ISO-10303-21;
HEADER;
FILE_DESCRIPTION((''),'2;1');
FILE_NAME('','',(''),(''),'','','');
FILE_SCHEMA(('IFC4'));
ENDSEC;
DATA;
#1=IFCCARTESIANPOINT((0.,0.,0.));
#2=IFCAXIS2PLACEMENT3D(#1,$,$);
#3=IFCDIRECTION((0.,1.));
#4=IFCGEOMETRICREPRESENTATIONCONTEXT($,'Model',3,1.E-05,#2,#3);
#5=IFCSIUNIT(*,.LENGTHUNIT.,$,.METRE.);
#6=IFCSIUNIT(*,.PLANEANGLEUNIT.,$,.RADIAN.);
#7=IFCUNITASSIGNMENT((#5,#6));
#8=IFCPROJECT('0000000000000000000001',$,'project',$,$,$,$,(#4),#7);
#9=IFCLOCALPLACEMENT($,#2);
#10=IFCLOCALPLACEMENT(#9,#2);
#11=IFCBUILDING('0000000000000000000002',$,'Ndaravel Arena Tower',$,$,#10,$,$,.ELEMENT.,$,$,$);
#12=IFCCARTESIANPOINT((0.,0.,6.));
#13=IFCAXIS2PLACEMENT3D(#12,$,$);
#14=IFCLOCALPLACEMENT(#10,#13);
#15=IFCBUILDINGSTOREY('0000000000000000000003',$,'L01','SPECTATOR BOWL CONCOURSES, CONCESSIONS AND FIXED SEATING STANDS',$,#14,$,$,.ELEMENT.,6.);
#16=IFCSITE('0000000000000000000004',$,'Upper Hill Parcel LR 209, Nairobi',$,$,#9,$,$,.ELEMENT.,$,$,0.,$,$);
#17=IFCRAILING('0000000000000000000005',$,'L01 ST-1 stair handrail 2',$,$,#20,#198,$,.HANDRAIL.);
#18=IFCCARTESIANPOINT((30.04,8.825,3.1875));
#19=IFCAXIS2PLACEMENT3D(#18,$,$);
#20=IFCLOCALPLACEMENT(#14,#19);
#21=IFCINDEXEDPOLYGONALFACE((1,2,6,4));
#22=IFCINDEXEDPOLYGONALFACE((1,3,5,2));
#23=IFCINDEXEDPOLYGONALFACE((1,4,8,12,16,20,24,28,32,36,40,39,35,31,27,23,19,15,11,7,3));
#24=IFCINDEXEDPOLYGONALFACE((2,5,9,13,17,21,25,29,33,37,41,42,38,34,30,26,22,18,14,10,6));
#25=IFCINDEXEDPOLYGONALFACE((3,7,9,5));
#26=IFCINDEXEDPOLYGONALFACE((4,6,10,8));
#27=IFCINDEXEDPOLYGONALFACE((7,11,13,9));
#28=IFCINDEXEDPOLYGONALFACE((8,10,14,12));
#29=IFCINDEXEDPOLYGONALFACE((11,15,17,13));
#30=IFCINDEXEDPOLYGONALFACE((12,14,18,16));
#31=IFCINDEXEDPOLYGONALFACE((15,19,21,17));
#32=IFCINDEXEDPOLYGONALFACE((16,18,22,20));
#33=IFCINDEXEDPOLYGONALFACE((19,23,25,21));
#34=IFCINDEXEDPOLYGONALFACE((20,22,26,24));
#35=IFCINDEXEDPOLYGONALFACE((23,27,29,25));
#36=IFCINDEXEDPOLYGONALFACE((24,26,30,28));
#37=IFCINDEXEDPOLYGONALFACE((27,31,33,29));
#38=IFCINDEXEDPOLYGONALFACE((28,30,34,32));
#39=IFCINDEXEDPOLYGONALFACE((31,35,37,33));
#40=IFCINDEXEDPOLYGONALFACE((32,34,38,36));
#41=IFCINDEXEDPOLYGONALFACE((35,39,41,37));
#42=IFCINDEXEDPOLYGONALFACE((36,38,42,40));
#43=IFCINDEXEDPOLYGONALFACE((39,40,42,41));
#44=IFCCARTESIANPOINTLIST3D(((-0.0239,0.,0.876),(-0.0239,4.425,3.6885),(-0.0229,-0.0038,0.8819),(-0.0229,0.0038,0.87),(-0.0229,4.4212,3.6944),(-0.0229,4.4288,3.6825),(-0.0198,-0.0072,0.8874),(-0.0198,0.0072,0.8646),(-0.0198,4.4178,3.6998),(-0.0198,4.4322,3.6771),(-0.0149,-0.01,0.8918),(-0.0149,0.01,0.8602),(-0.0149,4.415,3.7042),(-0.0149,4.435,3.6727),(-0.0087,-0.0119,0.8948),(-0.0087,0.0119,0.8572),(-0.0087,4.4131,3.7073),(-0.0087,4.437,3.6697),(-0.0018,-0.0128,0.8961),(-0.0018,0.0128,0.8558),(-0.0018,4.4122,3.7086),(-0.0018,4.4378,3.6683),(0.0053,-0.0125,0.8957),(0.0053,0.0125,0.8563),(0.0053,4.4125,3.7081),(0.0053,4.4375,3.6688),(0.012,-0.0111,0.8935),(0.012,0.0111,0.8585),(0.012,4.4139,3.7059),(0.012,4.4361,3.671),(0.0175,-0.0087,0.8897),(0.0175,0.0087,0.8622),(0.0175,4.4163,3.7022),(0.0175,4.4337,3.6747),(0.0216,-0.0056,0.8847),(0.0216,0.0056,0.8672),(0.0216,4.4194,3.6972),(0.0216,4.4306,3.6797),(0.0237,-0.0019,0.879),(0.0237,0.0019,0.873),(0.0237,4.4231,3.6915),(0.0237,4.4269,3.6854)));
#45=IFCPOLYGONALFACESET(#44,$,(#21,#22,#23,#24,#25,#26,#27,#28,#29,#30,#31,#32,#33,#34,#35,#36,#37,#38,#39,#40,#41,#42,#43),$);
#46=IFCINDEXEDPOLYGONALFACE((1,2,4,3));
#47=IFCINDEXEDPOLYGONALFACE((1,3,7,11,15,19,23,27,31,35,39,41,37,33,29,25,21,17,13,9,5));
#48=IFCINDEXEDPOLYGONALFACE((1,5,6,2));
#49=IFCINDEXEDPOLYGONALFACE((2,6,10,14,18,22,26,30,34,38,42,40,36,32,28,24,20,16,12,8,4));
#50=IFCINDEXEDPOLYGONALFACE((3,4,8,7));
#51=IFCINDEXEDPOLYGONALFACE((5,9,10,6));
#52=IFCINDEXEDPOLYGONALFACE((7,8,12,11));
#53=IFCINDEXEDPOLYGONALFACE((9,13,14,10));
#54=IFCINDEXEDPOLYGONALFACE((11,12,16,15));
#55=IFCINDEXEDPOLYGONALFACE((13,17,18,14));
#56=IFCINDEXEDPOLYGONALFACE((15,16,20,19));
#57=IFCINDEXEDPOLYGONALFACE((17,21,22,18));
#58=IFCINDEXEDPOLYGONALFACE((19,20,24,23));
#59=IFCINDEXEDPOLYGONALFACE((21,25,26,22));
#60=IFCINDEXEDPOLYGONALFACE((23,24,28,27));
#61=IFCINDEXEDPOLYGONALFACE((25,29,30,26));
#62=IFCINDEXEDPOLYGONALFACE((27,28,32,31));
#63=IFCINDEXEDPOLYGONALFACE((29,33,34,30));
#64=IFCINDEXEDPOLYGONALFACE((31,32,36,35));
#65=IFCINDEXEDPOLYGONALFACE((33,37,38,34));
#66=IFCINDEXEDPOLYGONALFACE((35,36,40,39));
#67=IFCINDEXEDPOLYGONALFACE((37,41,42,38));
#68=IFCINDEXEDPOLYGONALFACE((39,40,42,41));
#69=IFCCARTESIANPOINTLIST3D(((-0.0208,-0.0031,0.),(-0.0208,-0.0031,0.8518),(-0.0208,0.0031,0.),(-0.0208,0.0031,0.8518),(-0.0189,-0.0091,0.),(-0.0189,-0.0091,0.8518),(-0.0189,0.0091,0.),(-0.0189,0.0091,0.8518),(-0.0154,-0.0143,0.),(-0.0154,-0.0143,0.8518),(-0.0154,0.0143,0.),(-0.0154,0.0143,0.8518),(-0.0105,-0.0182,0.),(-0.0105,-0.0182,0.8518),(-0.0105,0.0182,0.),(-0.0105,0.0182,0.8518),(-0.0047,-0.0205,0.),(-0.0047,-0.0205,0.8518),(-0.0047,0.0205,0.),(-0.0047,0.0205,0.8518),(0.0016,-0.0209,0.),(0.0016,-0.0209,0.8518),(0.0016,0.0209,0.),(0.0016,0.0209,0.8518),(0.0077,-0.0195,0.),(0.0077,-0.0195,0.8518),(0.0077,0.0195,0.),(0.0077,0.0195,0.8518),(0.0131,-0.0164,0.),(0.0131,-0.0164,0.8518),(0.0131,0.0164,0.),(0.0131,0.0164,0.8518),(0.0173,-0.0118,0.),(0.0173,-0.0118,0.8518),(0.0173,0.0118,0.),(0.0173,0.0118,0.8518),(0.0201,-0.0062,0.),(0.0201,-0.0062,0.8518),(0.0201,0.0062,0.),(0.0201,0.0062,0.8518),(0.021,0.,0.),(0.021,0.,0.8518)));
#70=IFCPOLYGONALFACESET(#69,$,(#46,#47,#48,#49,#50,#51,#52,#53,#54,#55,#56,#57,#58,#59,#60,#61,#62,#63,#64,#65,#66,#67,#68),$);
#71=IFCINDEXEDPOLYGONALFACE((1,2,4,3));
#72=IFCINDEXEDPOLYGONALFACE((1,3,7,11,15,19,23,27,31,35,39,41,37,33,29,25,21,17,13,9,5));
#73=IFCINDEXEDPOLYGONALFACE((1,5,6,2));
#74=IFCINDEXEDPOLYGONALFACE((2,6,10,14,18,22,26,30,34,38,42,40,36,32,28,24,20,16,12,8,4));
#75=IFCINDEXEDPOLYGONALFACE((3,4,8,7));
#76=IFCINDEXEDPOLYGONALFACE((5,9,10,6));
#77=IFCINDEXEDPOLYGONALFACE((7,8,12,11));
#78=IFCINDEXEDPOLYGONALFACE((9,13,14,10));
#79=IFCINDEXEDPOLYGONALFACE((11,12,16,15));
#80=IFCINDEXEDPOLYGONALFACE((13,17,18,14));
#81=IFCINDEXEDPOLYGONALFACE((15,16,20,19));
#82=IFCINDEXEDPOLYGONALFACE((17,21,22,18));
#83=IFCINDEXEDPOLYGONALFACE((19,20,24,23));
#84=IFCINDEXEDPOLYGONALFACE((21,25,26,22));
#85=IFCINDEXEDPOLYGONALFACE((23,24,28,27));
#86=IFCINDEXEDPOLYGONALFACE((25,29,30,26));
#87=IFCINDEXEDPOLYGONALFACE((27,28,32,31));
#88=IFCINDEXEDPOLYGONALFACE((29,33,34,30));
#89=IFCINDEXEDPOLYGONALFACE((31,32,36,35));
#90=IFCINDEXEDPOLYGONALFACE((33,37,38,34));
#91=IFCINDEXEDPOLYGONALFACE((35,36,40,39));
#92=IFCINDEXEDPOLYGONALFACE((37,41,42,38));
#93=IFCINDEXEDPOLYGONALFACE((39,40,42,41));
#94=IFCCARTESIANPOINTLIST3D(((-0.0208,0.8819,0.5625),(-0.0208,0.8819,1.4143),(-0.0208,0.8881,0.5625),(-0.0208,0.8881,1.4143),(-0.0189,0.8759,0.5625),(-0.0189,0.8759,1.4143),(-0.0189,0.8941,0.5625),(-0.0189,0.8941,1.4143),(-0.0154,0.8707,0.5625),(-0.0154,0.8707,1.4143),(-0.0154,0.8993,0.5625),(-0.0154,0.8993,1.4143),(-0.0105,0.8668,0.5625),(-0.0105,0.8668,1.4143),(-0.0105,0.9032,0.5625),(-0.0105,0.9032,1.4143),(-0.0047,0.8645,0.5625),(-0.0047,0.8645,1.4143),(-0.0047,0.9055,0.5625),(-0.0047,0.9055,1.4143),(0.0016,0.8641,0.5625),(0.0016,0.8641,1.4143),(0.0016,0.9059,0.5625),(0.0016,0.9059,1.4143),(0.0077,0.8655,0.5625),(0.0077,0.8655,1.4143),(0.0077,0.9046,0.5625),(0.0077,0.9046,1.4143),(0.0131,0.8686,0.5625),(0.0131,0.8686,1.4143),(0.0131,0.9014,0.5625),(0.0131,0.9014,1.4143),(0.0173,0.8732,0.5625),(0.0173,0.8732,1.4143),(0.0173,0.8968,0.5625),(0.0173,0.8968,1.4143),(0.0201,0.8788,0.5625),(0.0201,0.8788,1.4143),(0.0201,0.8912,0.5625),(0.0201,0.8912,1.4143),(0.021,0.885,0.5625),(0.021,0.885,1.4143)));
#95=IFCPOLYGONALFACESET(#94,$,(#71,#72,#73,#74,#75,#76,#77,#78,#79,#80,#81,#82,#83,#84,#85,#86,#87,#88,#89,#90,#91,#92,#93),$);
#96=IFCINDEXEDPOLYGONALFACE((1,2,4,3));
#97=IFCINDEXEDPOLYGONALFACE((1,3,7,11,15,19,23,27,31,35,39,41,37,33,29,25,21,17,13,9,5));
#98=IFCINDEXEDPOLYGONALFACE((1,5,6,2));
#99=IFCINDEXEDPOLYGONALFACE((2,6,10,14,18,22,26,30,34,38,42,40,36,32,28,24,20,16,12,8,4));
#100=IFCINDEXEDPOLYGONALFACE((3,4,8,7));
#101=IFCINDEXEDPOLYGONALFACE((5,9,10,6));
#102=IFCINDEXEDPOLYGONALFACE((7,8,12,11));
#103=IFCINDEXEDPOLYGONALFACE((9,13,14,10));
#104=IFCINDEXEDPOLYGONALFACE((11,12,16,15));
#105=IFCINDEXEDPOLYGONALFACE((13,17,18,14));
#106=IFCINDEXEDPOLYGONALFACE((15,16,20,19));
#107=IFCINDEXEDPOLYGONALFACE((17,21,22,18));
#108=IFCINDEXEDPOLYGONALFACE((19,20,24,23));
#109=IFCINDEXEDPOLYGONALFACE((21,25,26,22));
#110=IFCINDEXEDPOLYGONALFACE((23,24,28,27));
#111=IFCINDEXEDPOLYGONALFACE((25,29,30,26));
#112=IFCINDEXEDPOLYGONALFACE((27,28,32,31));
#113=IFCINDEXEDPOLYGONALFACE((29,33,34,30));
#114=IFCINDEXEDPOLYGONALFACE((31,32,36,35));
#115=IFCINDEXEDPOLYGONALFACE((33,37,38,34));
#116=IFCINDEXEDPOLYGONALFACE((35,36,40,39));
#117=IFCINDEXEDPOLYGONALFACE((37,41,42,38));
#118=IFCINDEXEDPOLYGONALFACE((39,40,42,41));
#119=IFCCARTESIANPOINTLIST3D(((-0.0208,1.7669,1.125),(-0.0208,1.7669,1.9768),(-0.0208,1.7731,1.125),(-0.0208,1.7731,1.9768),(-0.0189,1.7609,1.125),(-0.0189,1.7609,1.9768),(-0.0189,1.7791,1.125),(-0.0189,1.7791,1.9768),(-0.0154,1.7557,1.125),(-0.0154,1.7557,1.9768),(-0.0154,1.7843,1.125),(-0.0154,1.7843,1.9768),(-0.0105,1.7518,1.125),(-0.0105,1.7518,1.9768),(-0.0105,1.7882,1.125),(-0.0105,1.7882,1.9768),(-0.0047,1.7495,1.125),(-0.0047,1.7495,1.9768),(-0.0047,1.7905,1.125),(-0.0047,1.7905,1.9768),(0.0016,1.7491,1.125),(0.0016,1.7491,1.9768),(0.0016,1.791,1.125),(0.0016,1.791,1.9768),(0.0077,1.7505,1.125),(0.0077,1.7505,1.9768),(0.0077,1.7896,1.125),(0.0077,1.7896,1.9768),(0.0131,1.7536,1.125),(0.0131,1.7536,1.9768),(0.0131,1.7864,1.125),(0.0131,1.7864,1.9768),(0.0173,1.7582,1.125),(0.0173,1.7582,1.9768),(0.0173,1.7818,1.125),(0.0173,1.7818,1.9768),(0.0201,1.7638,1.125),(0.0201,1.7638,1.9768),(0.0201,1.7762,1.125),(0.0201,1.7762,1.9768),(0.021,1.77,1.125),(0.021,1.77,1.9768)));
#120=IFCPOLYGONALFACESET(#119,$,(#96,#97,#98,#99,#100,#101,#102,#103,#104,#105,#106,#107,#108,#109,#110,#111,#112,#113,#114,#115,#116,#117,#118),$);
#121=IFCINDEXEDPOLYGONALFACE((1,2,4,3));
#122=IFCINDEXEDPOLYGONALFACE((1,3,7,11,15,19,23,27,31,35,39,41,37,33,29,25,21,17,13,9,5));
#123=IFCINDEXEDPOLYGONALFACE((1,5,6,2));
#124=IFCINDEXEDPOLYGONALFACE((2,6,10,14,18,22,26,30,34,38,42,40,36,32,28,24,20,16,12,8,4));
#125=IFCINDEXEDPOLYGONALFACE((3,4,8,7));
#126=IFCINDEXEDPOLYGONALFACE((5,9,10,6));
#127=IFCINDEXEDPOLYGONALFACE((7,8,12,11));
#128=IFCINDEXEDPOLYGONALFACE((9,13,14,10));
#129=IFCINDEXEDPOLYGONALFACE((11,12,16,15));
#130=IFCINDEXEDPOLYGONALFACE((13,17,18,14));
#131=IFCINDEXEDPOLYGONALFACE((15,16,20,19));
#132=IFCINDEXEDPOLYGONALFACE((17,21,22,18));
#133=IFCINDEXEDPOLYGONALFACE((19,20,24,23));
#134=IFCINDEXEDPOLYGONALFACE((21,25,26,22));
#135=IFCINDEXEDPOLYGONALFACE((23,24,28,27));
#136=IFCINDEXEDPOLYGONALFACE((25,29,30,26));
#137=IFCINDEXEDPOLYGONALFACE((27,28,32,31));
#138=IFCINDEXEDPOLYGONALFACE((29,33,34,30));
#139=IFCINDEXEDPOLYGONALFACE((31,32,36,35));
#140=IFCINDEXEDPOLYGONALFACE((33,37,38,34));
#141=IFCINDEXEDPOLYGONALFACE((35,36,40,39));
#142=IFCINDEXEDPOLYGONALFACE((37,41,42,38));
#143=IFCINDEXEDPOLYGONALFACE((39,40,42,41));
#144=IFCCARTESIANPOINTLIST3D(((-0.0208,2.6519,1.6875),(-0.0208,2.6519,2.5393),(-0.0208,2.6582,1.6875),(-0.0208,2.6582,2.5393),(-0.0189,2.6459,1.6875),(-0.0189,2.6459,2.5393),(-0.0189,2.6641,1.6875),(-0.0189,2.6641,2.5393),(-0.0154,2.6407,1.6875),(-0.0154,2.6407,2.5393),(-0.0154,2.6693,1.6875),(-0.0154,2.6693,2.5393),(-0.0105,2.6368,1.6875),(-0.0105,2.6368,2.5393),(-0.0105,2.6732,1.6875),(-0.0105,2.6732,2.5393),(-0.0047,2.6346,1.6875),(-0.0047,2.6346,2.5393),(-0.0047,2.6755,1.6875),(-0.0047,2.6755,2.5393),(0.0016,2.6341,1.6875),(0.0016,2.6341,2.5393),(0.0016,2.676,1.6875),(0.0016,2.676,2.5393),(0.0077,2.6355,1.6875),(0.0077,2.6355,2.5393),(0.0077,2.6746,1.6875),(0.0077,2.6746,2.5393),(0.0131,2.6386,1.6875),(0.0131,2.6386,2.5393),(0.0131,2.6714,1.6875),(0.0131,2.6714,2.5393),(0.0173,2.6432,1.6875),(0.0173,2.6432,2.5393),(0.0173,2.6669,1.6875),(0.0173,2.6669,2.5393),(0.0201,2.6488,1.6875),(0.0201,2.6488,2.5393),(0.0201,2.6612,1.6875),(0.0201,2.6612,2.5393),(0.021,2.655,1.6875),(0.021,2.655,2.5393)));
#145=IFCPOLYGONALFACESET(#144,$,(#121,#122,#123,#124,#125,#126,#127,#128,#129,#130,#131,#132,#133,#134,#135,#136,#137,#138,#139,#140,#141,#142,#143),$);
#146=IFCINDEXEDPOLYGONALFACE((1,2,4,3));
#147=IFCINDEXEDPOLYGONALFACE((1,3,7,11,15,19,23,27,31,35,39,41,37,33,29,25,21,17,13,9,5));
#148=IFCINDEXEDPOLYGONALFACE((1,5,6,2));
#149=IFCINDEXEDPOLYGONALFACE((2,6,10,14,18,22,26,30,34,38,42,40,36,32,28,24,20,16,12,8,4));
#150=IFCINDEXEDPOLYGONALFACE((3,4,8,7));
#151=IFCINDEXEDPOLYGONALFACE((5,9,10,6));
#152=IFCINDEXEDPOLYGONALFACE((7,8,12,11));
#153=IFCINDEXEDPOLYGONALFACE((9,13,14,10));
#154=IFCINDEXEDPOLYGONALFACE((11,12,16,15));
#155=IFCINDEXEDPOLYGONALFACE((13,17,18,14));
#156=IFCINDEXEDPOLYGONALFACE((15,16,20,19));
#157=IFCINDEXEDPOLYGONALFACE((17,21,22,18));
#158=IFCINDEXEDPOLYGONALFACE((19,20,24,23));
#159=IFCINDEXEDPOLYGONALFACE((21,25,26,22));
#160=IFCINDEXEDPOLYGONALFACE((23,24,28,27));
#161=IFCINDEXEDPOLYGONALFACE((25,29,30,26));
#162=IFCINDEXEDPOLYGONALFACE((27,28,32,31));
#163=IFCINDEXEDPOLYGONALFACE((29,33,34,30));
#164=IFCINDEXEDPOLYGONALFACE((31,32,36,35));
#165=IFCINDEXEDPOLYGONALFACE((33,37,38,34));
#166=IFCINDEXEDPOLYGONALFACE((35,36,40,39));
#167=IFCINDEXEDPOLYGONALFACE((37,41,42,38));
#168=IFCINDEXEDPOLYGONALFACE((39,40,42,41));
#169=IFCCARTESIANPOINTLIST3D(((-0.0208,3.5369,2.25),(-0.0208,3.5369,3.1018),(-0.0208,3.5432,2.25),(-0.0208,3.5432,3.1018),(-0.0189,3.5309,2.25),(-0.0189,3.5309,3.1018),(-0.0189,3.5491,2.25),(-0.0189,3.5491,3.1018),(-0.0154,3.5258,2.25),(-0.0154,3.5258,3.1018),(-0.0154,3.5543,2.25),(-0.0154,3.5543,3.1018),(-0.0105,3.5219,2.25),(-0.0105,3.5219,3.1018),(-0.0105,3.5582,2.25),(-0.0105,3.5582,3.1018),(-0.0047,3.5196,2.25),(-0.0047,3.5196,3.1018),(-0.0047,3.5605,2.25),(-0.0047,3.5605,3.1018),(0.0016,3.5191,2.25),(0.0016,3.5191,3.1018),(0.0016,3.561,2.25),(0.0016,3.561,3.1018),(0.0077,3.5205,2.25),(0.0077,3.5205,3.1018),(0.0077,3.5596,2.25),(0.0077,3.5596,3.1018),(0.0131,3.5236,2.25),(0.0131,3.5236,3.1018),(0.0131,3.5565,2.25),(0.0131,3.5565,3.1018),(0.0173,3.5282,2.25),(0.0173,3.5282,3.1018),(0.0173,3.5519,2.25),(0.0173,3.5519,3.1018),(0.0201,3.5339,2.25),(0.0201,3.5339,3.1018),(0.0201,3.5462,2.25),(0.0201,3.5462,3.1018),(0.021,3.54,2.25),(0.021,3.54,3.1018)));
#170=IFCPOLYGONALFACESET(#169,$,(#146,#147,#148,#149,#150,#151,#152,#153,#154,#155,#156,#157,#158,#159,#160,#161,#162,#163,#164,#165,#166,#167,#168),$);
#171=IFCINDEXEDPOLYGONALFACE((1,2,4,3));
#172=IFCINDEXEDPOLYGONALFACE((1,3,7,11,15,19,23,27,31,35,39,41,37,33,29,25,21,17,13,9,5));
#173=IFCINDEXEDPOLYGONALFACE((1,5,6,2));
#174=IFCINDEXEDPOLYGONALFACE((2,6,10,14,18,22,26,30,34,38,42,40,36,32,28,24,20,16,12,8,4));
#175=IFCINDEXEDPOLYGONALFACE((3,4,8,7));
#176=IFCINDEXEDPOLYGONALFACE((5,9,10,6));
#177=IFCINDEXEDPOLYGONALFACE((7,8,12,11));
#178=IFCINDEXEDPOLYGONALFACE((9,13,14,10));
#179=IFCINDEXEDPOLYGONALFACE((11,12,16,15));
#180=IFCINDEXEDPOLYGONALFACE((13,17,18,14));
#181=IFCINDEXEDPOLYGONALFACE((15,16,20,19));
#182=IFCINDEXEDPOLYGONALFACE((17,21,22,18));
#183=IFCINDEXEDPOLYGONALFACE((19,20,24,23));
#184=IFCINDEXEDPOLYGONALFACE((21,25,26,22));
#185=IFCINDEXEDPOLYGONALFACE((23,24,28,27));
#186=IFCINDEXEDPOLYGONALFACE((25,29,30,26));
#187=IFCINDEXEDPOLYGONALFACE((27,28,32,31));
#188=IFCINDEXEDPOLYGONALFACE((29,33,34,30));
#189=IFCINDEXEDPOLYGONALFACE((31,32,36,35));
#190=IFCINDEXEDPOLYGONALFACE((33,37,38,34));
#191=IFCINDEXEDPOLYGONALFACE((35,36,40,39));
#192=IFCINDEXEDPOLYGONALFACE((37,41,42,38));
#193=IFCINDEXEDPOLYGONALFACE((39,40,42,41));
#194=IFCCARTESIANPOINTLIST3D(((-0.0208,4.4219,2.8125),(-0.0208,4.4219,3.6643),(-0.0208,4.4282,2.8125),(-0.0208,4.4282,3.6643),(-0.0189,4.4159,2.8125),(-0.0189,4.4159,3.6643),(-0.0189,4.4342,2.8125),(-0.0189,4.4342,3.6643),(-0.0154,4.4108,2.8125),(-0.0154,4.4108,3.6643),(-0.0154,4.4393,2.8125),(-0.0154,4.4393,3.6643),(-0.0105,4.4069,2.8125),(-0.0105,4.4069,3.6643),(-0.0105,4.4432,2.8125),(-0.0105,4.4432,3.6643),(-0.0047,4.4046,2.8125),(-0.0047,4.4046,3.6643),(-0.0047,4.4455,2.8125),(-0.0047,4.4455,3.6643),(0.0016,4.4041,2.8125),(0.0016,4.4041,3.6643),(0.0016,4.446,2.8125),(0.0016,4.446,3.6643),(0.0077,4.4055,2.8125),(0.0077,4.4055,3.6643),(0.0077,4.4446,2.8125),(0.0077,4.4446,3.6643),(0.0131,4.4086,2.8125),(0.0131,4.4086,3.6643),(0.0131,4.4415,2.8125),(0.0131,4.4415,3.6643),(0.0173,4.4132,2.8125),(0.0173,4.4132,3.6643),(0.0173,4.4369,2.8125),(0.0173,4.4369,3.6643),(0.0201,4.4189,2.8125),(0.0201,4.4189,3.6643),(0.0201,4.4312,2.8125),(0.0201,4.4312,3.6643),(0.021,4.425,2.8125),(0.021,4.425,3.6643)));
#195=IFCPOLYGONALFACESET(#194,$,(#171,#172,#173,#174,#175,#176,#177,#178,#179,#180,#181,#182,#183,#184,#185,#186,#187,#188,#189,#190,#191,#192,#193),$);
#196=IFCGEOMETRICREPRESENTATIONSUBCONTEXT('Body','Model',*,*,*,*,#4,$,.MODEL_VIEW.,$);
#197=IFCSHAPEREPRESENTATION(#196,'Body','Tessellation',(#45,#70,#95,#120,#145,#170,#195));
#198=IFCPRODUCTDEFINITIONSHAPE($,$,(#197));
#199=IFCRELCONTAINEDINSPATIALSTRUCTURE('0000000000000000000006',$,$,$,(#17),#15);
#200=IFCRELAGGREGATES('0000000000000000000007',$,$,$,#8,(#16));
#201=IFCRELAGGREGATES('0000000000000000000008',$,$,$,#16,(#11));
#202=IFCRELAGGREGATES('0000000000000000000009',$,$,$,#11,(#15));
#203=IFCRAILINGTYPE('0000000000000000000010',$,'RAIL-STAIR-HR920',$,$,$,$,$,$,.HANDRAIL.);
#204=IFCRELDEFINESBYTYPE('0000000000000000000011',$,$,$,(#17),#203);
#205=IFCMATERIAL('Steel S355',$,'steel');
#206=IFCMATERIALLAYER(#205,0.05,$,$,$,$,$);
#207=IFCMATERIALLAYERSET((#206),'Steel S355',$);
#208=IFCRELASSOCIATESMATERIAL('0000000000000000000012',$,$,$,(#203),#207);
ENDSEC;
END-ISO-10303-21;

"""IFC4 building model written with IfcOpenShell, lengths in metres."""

from ifc_helpers import new_model, si_unit, direction, frame, origin, origin_2d, place, context, subcontext, project, spatial, circle, extrude, material, layer, layer_set, type_object, element, save


model = new_model("IFC4")

# Units and contexts
model_context = context("Model", 3, precision=1e-05, world=origin(), true_north=direction((0.0, 1.0)))
body_context = subcontext(model_context, "Body", "Model", "MODEL_VIEW")
ifc_project = project(units=[si_unit("LENGTHUNIT", "METRE"), si_unit("PLANEANGLEUNIT", "RADIAN")], contexts=[model_context])

# Site, building, storey
site_placement = place(None, origin())
site = spatial("IfcSite", under=ifc_project, at=site_placement, Name="Upper Hill Parcel LR 209, Nairobi", CompositionType="ELEMENT", RefElevation=0.0)
building_placement = place(site_placement, origin())
building = spatial("IfcBuilding", under=site, at=building_placement, Name="Ndaravel Arena Tower", CompositionType="ELEMENT")
storey_placement = place(building_placement, frame((0.0, 0.0, 6.0)))
storey = spatial("IfcBuildingStorey", under=building, at=storey_placement, Name="L01", Description="SPECTATOR BOWL CONCOURSES, CONCESSIONS AND FIXED SEATING STANDS", CompositionType="ELEMENT", Elevation=6.0)

# Railing
ifc_material_1 = material(Name="Steel S355", Category="steel")
ifc_layer_1 = layer(ifc_material_1, 0.05)
ifc_layer_set_1 = layer_set([ifc_layer_1], Name="Steel S355")
railing_type_1 = type_object("IfcRailingType", Name="RAIL-STAIR-HR920", PredefinedType="HANDRAIL", material=ifc_layer_set_1)
railing_1_placement = place(storey_placement, frame((30.04, 8.825, 3.1875)))
element("IfcRailing", 1, at=railing_1_placement, inside=storey, type_object=railing_type_1, Name="L01 ST-1 stair handrail 2", PredefinedType="HANDRAIL", context=body_context, shape_type="SweptSolid", body=[
    extrude(circle(Radius=0.0239, at=origin_2d()), frame((0.0, 0.0, 0.876), z_axis=(0.0, 0.843959, 0.536408), x_axis=(-1.0, 0.0, 0.0)), (0.0, 0.0, 1.0), 5.2432),
    extrude(circle(Radius=0.021, at=origin_2d()), origin(), (0.0, 0.0, 1.0), 0.8518),
    extrude(circle(Radius=0.021, at=origin_2d()), frame((0.0, 0.885, 0.5625)), (0.0, 0.0, 1.0), 0.8518),
    extrude(circle(Radius=0.021, at=origin_2d()), frame((0.0, 1.77, 1.125)), (0.0, 0.0, 1.0), 0.8518),
    extrude(circle(Radius=0.021, at=origin_2d()), frame((0.0, 2.655, 1.6875)), (0.0, 0.0, 1.0), 0.8518),
    extrude(circle(Radius=0.021, at=origin_2d()), frame((0.0, 3.54, 2.25)), (0.0, 0.0, 1.0), 0.8518),
    extrude(circle(Radius=0.021, at=origin_2d()), frame((0.0, 4.425, 2.8125)), (0.0, 0.0, 1.0), 0.8518),
])

save(model, "model.ifc")
